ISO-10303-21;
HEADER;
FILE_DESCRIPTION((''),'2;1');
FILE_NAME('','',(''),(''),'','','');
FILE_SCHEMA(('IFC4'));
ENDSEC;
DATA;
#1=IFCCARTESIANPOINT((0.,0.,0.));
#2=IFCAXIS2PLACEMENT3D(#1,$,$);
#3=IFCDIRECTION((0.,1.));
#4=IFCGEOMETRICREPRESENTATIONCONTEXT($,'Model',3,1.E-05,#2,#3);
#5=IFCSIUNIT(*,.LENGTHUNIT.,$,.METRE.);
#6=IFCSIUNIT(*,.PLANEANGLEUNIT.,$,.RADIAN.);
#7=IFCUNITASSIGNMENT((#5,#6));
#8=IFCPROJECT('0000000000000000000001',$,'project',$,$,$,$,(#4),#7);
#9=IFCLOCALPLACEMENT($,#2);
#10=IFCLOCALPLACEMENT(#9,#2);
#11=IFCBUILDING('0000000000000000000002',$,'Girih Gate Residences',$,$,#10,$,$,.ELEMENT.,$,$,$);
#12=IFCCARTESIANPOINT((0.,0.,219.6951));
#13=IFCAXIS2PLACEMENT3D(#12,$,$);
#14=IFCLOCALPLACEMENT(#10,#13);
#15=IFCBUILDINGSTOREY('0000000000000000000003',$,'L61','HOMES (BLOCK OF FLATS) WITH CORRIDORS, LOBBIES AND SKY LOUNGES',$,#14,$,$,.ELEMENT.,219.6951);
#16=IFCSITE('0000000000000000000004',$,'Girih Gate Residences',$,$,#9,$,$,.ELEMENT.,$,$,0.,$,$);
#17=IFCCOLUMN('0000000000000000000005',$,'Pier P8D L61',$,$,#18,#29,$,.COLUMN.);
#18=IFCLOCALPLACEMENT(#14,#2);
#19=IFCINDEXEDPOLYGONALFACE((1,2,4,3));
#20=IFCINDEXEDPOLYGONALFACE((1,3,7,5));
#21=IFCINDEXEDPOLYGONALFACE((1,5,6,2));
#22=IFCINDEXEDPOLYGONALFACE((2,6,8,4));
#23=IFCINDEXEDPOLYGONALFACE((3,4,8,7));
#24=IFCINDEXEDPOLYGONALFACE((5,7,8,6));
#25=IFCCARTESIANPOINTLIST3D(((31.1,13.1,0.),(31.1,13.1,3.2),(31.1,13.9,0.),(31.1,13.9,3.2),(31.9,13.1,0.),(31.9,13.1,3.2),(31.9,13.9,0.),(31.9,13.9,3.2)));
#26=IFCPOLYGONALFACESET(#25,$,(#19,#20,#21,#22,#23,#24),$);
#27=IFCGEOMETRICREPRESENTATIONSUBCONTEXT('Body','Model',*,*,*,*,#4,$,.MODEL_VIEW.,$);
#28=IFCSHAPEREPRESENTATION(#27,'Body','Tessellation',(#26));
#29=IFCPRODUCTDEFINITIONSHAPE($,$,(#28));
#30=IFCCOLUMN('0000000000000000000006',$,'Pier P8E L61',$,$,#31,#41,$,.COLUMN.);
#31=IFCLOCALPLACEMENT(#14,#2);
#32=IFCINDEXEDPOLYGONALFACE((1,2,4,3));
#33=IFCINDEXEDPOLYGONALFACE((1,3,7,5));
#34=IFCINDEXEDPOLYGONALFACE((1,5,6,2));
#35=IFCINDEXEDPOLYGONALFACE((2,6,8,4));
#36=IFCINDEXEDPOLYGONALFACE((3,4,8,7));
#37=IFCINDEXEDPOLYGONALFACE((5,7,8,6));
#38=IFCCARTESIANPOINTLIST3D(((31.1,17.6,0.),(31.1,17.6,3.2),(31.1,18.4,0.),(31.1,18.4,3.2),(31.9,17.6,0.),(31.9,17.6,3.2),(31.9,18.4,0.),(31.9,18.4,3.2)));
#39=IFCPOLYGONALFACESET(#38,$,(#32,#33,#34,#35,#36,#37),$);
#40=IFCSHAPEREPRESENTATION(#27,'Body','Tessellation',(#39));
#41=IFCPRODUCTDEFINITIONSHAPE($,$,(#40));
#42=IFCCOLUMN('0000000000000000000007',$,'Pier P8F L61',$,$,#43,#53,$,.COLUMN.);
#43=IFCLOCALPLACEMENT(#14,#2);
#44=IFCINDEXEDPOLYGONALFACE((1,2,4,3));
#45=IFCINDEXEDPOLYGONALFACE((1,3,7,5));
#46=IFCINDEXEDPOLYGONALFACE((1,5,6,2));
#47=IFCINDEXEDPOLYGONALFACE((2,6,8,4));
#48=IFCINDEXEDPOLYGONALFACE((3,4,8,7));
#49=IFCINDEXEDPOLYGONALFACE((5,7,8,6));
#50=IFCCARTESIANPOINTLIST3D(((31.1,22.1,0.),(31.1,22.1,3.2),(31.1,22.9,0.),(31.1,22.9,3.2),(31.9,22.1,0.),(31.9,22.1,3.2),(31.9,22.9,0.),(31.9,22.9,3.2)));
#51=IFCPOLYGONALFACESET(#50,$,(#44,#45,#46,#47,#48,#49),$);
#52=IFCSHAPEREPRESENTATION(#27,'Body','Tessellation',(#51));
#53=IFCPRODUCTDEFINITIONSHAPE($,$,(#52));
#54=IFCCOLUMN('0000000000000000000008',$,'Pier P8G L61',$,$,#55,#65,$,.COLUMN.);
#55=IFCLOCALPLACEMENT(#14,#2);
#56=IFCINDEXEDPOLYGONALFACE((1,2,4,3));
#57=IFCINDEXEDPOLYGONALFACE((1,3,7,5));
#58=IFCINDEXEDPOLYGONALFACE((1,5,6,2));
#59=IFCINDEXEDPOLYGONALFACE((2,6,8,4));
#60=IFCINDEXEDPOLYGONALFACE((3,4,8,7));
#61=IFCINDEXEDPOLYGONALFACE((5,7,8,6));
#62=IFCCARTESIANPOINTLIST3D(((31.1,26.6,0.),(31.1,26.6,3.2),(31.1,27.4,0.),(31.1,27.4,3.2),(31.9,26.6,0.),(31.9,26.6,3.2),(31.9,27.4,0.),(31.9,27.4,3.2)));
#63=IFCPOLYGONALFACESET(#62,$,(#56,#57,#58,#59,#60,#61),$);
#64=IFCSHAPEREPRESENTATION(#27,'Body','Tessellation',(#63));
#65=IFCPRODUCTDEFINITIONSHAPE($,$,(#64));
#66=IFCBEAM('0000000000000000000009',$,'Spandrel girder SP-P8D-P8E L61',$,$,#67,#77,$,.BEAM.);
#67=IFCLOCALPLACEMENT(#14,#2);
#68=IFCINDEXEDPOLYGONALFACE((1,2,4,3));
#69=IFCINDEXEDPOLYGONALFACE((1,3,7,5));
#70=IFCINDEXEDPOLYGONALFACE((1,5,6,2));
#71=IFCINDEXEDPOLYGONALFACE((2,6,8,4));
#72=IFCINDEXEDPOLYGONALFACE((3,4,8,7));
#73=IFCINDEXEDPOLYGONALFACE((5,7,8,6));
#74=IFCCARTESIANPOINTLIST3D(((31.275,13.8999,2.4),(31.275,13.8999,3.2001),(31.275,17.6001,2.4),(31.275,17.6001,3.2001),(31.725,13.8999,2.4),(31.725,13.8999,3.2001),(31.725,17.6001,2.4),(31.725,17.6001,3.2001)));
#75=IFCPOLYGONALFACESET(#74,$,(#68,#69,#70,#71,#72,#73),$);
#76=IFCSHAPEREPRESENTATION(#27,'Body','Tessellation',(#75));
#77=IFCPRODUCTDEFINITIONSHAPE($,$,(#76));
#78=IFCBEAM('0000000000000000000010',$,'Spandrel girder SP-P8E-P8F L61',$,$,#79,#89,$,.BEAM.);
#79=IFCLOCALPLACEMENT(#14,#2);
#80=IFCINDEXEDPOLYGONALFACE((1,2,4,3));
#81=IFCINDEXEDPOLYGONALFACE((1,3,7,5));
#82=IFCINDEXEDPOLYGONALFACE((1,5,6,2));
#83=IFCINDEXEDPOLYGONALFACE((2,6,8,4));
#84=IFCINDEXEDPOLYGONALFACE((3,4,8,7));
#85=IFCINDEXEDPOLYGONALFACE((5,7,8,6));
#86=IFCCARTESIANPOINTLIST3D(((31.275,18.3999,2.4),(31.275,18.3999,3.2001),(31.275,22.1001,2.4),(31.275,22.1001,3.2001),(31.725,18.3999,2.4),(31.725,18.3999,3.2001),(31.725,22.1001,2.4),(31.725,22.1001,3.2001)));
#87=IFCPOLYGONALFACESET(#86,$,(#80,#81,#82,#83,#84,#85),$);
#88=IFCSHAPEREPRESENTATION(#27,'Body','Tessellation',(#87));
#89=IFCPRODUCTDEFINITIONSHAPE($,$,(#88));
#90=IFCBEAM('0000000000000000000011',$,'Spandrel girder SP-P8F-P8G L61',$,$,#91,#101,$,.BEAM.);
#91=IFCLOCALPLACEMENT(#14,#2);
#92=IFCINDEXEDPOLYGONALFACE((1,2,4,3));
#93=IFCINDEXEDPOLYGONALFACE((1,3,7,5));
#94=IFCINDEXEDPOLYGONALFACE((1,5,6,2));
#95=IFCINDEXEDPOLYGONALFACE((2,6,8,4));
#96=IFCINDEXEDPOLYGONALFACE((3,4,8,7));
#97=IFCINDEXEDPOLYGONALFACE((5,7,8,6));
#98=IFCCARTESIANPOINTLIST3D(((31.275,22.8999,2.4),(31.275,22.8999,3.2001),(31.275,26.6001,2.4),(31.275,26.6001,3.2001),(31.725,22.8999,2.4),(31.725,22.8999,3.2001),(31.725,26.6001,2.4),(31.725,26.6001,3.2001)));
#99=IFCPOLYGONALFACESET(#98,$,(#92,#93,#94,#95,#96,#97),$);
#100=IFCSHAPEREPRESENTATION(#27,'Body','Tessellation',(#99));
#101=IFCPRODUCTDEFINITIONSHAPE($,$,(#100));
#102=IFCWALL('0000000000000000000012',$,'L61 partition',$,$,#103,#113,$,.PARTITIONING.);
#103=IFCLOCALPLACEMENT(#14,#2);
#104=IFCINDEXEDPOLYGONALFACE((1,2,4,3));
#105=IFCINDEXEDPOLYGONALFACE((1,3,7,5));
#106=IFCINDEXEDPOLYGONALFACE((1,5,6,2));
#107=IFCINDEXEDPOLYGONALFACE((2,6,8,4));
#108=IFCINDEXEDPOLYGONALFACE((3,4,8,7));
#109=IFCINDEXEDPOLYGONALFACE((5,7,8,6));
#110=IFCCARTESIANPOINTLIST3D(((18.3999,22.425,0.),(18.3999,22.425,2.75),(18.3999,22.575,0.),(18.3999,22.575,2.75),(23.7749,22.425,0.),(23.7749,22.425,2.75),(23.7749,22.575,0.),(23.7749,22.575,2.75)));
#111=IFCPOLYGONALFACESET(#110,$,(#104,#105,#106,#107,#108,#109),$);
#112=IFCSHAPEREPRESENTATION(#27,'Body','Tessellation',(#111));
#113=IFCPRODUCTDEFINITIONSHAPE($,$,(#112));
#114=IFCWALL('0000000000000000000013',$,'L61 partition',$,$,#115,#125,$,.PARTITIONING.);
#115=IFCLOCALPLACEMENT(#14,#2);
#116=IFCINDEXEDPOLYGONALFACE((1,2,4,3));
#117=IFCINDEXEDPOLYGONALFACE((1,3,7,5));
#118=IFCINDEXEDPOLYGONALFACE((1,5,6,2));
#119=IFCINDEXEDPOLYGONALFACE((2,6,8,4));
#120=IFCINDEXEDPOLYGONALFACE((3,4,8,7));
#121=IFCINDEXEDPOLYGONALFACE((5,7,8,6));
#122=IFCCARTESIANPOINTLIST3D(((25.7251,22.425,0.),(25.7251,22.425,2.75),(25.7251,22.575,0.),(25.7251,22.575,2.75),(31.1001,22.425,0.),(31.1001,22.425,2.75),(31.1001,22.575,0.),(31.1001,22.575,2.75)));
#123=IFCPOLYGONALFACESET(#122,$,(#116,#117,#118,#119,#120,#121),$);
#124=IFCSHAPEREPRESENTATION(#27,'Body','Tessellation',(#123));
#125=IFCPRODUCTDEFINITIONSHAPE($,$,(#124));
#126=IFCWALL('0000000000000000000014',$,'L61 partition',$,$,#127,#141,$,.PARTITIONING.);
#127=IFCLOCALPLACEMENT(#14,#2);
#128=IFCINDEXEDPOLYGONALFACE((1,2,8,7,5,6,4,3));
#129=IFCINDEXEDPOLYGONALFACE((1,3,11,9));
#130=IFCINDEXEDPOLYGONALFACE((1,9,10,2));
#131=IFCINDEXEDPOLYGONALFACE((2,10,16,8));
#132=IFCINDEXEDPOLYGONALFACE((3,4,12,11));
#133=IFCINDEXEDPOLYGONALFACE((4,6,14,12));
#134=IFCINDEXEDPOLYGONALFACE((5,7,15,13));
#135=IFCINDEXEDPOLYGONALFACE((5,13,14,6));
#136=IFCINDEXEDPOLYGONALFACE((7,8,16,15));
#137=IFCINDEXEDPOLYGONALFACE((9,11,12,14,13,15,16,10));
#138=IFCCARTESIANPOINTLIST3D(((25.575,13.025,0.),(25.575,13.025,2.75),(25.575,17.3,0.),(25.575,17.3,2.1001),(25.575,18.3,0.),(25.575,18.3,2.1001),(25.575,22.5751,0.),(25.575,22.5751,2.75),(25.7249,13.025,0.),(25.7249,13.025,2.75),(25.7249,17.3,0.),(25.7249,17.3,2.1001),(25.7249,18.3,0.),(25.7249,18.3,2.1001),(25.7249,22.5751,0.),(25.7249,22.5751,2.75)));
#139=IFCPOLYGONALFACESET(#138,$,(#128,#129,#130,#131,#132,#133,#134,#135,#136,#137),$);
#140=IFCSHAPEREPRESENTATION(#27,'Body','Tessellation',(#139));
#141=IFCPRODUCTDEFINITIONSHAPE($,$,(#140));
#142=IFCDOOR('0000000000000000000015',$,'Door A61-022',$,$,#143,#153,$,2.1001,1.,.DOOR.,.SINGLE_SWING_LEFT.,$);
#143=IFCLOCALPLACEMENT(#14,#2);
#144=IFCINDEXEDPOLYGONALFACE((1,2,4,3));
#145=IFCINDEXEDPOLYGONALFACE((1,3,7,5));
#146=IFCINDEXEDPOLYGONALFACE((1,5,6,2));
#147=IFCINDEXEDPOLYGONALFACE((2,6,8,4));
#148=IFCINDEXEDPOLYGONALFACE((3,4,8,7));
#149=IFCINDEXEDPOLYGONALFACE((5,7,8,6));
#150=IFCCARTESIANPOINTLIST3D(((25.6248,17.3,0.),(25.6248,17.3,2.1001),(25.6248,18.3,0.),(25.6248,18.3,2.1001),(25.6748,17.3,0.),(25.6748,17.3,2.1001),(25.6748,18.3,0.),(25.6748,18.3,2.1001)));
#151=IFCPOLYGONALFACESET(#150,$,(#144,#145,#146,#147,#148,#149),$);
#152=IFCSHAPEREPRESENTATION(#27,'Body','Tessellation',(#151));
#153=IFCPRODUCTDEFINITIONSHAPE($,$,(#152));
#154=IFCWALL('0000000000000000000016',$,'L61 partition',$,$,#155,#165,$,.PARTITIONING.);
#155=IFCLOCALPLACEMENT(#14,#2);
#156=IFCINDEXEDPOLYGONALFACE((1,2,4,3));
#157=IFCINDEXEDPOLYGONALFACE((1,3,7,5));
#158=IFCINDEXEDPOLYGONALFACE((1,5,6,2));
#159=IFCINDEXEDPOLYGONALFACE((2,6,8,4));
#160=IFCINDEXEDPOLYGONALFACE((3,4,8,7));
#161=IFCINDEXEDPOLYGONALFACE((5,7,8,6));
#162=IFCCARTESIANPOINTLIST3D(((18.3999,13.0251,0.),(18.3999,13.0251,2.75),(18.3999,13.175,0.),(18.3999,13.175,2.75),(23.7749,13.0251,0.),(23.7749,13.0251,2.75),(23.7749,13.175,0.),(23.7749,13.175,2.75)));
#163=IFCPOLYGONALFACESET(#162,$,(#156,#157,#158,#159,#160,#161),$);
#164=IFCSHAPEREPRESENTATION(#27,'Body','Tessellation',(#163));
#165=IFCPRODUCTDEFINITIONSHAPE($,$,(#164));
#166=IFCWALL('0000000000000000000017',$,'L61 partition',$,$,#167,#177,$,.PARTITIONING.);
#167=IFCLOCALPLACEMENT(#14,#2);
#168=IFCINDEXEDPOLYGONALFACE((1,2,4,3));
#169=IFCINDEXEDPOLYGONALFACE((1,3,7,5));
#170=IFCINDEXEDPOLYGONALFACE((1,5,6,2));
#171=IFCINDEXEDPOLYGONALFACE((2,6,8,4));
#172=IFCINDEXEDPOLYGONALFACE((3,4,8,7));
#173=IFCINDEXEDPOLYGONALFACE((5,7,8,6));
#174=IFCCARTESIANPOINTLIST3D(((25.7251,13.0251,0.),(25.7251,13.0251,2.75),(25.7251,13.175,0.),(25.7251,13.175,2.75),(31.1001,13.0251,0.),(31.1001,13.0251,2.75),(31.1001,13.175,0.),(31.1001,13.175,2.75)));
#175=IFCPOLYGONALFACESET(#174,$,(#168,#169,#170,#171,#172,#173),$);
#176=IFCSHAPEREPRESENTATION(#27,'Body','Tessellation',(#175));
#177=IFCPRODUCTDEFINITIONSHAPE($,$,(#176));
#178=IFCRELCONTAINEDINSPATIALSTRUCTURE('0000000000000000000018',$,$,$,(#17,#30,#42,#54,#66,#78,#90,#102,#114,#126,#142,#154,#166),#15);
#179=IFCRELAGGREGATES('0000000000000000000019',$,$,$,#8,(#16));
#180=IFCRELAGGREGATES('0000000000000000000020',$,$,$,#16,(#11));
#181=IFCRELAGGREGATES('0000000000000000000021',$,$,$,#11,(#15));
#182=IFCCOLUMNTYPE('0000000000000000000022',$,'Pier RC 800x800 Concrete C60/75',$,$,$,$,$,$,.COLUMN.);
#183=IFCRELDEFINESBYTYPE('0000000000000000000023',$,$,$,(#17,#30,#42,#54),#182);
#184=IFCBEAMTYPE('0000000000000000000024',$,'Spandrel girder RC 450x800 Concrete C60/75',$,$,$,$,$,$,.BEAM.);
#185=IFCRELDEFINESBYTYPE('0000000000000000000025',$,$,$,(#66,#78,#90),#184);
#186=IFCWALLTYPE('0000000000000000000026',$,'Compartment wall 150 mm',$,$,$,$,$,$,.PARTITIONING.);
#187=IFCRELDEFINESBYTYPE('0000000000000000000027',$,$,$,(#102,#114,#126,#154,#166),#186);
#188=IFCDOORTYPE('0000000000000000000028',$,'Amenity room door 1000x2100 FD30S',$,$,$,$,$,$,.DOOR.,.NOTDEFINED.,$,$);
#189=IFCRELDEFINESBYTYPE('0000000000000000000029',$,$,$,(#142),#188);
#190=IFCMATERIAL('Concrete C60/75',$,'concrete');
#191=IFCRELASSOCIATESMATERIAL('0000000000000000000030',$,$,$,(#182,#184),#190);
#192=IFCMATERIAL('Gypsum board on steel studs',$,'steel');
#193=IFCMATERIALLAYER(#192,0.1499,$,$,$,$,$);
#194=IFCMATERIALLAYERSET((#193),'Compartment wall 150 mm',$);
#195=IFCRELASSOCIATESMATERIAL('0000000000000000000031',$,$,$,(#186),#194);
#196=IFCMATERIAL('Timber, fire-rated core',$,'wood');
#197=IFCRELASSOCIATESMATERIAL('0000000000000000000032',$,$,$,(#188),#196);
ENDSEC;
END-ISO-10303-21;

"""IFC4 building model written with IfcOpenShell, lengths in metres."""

from ifc_helpers import new_model, si_unit, direction, frame, frame_2d, origin, origin_2d, place, context, subcontext, project, spatial, rectangle, extrude, material, layer, layer_set, material_profile, profile_set, type_object, element, fill, save


model = new_model("IFC4")

# Units and contexts
model_context = context("Model", 3, precision=1e-05, world=origin(), true_north=direction((0.0, 1.0)))
body_context = subcontext(model_context, "Body", "Model", "MODEL_VIEW")
ifc_project = project(units=[si_unit("LENGTHUNIT", "METRE"), si_unit("PLANEANGLEUNIT", "RADIAN")], contexts=[model_context])

# Site, building, storey
site_placement = place(None, origin())
site = spatial("IfcSite", under=ifc_project, at=site_placement, Name="Girih Gate Residences", CompositionType="ELEMENT", RefElevation=0.0)
building_placement = place(site_placement, origin())
building = spatial("IfcBuilding", under=site, at=building_placement, Name="Girih Gate Residences", CompositionType="ELEMENT")
storey_placement = place(building_placement, frame((0.0, 0.0, 219.6951)))
storey = spatial("IfcBuildingStorey", under=building, at=storey_placement, Name="L61", Description="HOMES (BLOCK OF FLATS) WITH CORRIDORS, LOBBIES AND SKY LOUNGES", CompositionType="ELEMENT", Elevation=219.6951)

# Columns
ifc_material_1 = material(Name="Concrete C60/75", Category="concrete")
ifc_material_profile_1 = material_profile(ifc_material_1, rectangle(XDim=0.8, YDim=0.8, at=origin_2d()))
ifc_profile_set_1 = profile_set([ifc_material_profile_1], Name="Concrete C60/75")
column_type = type_object("IfcColumnType", Name="Pier RC 800x800 Concrete C60/75", PredefinedType="COLUMN", material=ifc_profile_set_1)
for number, where, z_axis, x_axis, name in (
    (1, (31.5, 13.5, 0.0), (0.0, 0.0, 1.0), (1.0, 0.0, 0.0), "Pier P8D L61"),
    (2, (31.5, 18.0, 0.0), (0.0, 0.0, 1.0), (1.0, 0.0, 0.0), "Pier P8E L61"),
    (3, (31.5, 22.5, 0.0), (0.0, 0.0, 1.0), (1.0, 0.0, 0.0), "Pier P8F L61"),
    (4, (31.5, 27.0, 0.0), (0.0, 0.0, 1.0), (1.0, 0.0, 0.0), "Pier P8G L61"),
):
    element("IfcColumn", number, at=place(storey_placement, frame(where, z_axis=z_axis, x_axis=x_axis)), inside=storey, type_object=column_type, Name=name, PredefinedType="COLUMN", context=body_context, shape_type="SweptSolid", body=[
        extrude(rectangle(XDim=0.8, YDim=0.8, at=origin_2d()), origin(), (0.0, 0.0, 1.0), 3.2),
    ])

# Beams
ifc_material_profile_2 = material_profile(ifc_material_1, rectangle(XDim=0.45, YDim=0.8, at=origin_2d()))
ifc_profile_set_2 = profile_set([ifc_material_profile_2], Name="Concrete C60/75")
beam_type = type_object("IfcBeamType", Name="Spandrel girder RC 450x800 Concrete C60/75", PredefinedType="BEAM", material=ifc_profile_set_2)
for number, where, z_axis, x_axis, name in (
    (5, (31.5, 13.8999, 2.8), (0.0, 1.0, 0.0), (-1.0, 0.0, 0.0), "Spandrel girder SP-P8D-P8E L61"),
    (6, (31.5, 18.3999, 2.8), (0.0, 1.0, 0.0), (-1.0, 0.0, 0.0), "Spandrel girder SP-P8E-P8F L61"),
    (7, (31.5, 22.8999, 2.8), (0.0, 1.0, 0.0), (-1.0, 0.0, 0.0), "Spandrel girder SP-P8F-P8G L61"),
):
    element("IfcBeam", number, at=place(storey_placement, frame(where, z_axis=z_axis, x_axis=x_axis)), inside=storey, type_object=beam_type, Name=name, PredefinedType="BEAM", context=body_context, shape_type="SweptSolid", body=[
        extrude(rectangle(XDim=0.45, YDim=0.8, at=origin_2d()), origin(), (0.0, 0.0, 1.0), 3.7002),
    ])

# Walls
ifc_material_2 = material(Name="Gypsum board on steel studs", Category="steel")
ifc_layer_1 = layer(ifc_material_2, 0.1499)
ifc_layer_set_1 = layer_set([ifc_layer_1], Name="Compartment wall 150 mm")
wall_type_1 = type_object("IfcWallType", Name="Compartment wall 150 mm", PredefinedType="PARTITIONING", material=ifc_layer_set_1)
for number, where, z_axis, x_axis, name in (
    (8, (18.3999, 22.5, 0.0), (0.0, 0.0, 1.0), (1.0, 0.0, 0.0), "L61 partition"),
    (9, (25.7251, 22.5, 0.0), (0.0, 0.0, 1.0), (1.0, 0.0, 0.0), "L61 partition"),
):
    element("IfcWall", number, at=place(storey_placement, frame(where, z_axis=z_axis, x_axis=x_axis)), inside=storey, type_object=wall_type_1, Name=name, PredefinedType="PARTITIONING", context=body_context, shape_type="SweptSolid", body=[
        extrude(rectangle(XDim=5.375, YDim=0.1499, at=frame_2d((2.6875, 0.0))), origin(), (0.0, 0.0, 1.0), 2.75),
    ])

# Wall, opening, door
wall_1_placement = place(storey_placement, frame((25.6499, 22.575, 0.0), z_axis=(0.0, 0.0, 1.0), x_axis=(0.0, -1.0, 0.0)))
wall_1 = element("IfcWall", 10, at=wall_1_placement, inside=storey, type_object=wall_type_1, Name="L61 partition", PredefinedType="PARTITIONING", context=body_context, shape_type="SweptSolid", body=[
    extrude(rectangle(XDim=9.55, YDim=0.1499, at=frame_2d((4.7749, 0.0))), origin(), (0.0, 0.0, 1.0), 2.75),
])
opening_1_placement = place(wall_1_placement, frame((4.2749, 0.0, 0.0)))
opening_1 = element("IfcOpeningElement", 11, at=opening_1_placement, cuts=wall_1, PredefinedType="OPENING", context=body_context, shape_type="SweptSolid", body=[
    extrude(rectangle(XDim=1.0, YDim=2.1001, at=frame_2d((0.5, 1.05))), frame((0.0, 0.085, 0.0), z_axis=(0.0, -1.0, 0.0), x_axis=(1.0, 0.0, 0.0)), (0.0, 0.0, 1.0), 0.1699),
])
ifc_material_3 = material(Name="Timber, fire-rated core", Category="wood")
door_type_1 = type_object("IfcDoorType", Name="Amenity room door 1000x2100 FD30S", OperationType="NOTDEFINED", PredefinedType="DOOR", material=ifc_material_3)
door_1_placement = place(opening_1_placement, origin())
door_1 = element("IfcDoor", 12, at=door_1_placement, inside=storey, type_object=door_type_1, Name="Door A61-022", OperationType="SINGLE_SWING_LEFT", OverallHeight=2.1001, OverallWidth=1.0, PredefinedType="DOOR", context=body_context, shape_type="SweptSolid", body=[
    extrude(rectangle(XDim=1.0, YDim=2.1001, at=frame_2d((0.5, 1.05))), frame((0.0, 0.0249, 0.0), z_axis=(0.0, -1.0, 0.0), x_axis=(1.0, 0.0, 0.0)), (0.0, 0.0, 1.0), 0.05),
])
fill(opening_1, door_1)

# Walls
for number, where, z_axis, x_axis, name in (
    (13, (18.3999, 13.1001, 0.0), (0.0, 0.0, 1.0), (1.0, 0.0, 0.0), "L61 partition"),
    (14, (25.7251, 13.1001, 0.0), (0.0, 0.0, 1.0), (1.0, 0.0, 0.0), "L61 partition"),
):
    element("IfcWall", number, at=place(storey_placement, frame(where, z_axis=z_axis, x_axis=x_axis)), inside=storey, type_object=wall_type_1, Name=name, PredefinedType="PARTITIONING", context=body_context, shape_type="SweptSolid", body=[
        extrude(rectangle(XDim=5.375, YDim=0.1499, at=frame_2d((2.6875, 0.0))), origin(), (0.0, 0.0, 1.0), 2.75),
    ])

save(model, "model.ifc")
